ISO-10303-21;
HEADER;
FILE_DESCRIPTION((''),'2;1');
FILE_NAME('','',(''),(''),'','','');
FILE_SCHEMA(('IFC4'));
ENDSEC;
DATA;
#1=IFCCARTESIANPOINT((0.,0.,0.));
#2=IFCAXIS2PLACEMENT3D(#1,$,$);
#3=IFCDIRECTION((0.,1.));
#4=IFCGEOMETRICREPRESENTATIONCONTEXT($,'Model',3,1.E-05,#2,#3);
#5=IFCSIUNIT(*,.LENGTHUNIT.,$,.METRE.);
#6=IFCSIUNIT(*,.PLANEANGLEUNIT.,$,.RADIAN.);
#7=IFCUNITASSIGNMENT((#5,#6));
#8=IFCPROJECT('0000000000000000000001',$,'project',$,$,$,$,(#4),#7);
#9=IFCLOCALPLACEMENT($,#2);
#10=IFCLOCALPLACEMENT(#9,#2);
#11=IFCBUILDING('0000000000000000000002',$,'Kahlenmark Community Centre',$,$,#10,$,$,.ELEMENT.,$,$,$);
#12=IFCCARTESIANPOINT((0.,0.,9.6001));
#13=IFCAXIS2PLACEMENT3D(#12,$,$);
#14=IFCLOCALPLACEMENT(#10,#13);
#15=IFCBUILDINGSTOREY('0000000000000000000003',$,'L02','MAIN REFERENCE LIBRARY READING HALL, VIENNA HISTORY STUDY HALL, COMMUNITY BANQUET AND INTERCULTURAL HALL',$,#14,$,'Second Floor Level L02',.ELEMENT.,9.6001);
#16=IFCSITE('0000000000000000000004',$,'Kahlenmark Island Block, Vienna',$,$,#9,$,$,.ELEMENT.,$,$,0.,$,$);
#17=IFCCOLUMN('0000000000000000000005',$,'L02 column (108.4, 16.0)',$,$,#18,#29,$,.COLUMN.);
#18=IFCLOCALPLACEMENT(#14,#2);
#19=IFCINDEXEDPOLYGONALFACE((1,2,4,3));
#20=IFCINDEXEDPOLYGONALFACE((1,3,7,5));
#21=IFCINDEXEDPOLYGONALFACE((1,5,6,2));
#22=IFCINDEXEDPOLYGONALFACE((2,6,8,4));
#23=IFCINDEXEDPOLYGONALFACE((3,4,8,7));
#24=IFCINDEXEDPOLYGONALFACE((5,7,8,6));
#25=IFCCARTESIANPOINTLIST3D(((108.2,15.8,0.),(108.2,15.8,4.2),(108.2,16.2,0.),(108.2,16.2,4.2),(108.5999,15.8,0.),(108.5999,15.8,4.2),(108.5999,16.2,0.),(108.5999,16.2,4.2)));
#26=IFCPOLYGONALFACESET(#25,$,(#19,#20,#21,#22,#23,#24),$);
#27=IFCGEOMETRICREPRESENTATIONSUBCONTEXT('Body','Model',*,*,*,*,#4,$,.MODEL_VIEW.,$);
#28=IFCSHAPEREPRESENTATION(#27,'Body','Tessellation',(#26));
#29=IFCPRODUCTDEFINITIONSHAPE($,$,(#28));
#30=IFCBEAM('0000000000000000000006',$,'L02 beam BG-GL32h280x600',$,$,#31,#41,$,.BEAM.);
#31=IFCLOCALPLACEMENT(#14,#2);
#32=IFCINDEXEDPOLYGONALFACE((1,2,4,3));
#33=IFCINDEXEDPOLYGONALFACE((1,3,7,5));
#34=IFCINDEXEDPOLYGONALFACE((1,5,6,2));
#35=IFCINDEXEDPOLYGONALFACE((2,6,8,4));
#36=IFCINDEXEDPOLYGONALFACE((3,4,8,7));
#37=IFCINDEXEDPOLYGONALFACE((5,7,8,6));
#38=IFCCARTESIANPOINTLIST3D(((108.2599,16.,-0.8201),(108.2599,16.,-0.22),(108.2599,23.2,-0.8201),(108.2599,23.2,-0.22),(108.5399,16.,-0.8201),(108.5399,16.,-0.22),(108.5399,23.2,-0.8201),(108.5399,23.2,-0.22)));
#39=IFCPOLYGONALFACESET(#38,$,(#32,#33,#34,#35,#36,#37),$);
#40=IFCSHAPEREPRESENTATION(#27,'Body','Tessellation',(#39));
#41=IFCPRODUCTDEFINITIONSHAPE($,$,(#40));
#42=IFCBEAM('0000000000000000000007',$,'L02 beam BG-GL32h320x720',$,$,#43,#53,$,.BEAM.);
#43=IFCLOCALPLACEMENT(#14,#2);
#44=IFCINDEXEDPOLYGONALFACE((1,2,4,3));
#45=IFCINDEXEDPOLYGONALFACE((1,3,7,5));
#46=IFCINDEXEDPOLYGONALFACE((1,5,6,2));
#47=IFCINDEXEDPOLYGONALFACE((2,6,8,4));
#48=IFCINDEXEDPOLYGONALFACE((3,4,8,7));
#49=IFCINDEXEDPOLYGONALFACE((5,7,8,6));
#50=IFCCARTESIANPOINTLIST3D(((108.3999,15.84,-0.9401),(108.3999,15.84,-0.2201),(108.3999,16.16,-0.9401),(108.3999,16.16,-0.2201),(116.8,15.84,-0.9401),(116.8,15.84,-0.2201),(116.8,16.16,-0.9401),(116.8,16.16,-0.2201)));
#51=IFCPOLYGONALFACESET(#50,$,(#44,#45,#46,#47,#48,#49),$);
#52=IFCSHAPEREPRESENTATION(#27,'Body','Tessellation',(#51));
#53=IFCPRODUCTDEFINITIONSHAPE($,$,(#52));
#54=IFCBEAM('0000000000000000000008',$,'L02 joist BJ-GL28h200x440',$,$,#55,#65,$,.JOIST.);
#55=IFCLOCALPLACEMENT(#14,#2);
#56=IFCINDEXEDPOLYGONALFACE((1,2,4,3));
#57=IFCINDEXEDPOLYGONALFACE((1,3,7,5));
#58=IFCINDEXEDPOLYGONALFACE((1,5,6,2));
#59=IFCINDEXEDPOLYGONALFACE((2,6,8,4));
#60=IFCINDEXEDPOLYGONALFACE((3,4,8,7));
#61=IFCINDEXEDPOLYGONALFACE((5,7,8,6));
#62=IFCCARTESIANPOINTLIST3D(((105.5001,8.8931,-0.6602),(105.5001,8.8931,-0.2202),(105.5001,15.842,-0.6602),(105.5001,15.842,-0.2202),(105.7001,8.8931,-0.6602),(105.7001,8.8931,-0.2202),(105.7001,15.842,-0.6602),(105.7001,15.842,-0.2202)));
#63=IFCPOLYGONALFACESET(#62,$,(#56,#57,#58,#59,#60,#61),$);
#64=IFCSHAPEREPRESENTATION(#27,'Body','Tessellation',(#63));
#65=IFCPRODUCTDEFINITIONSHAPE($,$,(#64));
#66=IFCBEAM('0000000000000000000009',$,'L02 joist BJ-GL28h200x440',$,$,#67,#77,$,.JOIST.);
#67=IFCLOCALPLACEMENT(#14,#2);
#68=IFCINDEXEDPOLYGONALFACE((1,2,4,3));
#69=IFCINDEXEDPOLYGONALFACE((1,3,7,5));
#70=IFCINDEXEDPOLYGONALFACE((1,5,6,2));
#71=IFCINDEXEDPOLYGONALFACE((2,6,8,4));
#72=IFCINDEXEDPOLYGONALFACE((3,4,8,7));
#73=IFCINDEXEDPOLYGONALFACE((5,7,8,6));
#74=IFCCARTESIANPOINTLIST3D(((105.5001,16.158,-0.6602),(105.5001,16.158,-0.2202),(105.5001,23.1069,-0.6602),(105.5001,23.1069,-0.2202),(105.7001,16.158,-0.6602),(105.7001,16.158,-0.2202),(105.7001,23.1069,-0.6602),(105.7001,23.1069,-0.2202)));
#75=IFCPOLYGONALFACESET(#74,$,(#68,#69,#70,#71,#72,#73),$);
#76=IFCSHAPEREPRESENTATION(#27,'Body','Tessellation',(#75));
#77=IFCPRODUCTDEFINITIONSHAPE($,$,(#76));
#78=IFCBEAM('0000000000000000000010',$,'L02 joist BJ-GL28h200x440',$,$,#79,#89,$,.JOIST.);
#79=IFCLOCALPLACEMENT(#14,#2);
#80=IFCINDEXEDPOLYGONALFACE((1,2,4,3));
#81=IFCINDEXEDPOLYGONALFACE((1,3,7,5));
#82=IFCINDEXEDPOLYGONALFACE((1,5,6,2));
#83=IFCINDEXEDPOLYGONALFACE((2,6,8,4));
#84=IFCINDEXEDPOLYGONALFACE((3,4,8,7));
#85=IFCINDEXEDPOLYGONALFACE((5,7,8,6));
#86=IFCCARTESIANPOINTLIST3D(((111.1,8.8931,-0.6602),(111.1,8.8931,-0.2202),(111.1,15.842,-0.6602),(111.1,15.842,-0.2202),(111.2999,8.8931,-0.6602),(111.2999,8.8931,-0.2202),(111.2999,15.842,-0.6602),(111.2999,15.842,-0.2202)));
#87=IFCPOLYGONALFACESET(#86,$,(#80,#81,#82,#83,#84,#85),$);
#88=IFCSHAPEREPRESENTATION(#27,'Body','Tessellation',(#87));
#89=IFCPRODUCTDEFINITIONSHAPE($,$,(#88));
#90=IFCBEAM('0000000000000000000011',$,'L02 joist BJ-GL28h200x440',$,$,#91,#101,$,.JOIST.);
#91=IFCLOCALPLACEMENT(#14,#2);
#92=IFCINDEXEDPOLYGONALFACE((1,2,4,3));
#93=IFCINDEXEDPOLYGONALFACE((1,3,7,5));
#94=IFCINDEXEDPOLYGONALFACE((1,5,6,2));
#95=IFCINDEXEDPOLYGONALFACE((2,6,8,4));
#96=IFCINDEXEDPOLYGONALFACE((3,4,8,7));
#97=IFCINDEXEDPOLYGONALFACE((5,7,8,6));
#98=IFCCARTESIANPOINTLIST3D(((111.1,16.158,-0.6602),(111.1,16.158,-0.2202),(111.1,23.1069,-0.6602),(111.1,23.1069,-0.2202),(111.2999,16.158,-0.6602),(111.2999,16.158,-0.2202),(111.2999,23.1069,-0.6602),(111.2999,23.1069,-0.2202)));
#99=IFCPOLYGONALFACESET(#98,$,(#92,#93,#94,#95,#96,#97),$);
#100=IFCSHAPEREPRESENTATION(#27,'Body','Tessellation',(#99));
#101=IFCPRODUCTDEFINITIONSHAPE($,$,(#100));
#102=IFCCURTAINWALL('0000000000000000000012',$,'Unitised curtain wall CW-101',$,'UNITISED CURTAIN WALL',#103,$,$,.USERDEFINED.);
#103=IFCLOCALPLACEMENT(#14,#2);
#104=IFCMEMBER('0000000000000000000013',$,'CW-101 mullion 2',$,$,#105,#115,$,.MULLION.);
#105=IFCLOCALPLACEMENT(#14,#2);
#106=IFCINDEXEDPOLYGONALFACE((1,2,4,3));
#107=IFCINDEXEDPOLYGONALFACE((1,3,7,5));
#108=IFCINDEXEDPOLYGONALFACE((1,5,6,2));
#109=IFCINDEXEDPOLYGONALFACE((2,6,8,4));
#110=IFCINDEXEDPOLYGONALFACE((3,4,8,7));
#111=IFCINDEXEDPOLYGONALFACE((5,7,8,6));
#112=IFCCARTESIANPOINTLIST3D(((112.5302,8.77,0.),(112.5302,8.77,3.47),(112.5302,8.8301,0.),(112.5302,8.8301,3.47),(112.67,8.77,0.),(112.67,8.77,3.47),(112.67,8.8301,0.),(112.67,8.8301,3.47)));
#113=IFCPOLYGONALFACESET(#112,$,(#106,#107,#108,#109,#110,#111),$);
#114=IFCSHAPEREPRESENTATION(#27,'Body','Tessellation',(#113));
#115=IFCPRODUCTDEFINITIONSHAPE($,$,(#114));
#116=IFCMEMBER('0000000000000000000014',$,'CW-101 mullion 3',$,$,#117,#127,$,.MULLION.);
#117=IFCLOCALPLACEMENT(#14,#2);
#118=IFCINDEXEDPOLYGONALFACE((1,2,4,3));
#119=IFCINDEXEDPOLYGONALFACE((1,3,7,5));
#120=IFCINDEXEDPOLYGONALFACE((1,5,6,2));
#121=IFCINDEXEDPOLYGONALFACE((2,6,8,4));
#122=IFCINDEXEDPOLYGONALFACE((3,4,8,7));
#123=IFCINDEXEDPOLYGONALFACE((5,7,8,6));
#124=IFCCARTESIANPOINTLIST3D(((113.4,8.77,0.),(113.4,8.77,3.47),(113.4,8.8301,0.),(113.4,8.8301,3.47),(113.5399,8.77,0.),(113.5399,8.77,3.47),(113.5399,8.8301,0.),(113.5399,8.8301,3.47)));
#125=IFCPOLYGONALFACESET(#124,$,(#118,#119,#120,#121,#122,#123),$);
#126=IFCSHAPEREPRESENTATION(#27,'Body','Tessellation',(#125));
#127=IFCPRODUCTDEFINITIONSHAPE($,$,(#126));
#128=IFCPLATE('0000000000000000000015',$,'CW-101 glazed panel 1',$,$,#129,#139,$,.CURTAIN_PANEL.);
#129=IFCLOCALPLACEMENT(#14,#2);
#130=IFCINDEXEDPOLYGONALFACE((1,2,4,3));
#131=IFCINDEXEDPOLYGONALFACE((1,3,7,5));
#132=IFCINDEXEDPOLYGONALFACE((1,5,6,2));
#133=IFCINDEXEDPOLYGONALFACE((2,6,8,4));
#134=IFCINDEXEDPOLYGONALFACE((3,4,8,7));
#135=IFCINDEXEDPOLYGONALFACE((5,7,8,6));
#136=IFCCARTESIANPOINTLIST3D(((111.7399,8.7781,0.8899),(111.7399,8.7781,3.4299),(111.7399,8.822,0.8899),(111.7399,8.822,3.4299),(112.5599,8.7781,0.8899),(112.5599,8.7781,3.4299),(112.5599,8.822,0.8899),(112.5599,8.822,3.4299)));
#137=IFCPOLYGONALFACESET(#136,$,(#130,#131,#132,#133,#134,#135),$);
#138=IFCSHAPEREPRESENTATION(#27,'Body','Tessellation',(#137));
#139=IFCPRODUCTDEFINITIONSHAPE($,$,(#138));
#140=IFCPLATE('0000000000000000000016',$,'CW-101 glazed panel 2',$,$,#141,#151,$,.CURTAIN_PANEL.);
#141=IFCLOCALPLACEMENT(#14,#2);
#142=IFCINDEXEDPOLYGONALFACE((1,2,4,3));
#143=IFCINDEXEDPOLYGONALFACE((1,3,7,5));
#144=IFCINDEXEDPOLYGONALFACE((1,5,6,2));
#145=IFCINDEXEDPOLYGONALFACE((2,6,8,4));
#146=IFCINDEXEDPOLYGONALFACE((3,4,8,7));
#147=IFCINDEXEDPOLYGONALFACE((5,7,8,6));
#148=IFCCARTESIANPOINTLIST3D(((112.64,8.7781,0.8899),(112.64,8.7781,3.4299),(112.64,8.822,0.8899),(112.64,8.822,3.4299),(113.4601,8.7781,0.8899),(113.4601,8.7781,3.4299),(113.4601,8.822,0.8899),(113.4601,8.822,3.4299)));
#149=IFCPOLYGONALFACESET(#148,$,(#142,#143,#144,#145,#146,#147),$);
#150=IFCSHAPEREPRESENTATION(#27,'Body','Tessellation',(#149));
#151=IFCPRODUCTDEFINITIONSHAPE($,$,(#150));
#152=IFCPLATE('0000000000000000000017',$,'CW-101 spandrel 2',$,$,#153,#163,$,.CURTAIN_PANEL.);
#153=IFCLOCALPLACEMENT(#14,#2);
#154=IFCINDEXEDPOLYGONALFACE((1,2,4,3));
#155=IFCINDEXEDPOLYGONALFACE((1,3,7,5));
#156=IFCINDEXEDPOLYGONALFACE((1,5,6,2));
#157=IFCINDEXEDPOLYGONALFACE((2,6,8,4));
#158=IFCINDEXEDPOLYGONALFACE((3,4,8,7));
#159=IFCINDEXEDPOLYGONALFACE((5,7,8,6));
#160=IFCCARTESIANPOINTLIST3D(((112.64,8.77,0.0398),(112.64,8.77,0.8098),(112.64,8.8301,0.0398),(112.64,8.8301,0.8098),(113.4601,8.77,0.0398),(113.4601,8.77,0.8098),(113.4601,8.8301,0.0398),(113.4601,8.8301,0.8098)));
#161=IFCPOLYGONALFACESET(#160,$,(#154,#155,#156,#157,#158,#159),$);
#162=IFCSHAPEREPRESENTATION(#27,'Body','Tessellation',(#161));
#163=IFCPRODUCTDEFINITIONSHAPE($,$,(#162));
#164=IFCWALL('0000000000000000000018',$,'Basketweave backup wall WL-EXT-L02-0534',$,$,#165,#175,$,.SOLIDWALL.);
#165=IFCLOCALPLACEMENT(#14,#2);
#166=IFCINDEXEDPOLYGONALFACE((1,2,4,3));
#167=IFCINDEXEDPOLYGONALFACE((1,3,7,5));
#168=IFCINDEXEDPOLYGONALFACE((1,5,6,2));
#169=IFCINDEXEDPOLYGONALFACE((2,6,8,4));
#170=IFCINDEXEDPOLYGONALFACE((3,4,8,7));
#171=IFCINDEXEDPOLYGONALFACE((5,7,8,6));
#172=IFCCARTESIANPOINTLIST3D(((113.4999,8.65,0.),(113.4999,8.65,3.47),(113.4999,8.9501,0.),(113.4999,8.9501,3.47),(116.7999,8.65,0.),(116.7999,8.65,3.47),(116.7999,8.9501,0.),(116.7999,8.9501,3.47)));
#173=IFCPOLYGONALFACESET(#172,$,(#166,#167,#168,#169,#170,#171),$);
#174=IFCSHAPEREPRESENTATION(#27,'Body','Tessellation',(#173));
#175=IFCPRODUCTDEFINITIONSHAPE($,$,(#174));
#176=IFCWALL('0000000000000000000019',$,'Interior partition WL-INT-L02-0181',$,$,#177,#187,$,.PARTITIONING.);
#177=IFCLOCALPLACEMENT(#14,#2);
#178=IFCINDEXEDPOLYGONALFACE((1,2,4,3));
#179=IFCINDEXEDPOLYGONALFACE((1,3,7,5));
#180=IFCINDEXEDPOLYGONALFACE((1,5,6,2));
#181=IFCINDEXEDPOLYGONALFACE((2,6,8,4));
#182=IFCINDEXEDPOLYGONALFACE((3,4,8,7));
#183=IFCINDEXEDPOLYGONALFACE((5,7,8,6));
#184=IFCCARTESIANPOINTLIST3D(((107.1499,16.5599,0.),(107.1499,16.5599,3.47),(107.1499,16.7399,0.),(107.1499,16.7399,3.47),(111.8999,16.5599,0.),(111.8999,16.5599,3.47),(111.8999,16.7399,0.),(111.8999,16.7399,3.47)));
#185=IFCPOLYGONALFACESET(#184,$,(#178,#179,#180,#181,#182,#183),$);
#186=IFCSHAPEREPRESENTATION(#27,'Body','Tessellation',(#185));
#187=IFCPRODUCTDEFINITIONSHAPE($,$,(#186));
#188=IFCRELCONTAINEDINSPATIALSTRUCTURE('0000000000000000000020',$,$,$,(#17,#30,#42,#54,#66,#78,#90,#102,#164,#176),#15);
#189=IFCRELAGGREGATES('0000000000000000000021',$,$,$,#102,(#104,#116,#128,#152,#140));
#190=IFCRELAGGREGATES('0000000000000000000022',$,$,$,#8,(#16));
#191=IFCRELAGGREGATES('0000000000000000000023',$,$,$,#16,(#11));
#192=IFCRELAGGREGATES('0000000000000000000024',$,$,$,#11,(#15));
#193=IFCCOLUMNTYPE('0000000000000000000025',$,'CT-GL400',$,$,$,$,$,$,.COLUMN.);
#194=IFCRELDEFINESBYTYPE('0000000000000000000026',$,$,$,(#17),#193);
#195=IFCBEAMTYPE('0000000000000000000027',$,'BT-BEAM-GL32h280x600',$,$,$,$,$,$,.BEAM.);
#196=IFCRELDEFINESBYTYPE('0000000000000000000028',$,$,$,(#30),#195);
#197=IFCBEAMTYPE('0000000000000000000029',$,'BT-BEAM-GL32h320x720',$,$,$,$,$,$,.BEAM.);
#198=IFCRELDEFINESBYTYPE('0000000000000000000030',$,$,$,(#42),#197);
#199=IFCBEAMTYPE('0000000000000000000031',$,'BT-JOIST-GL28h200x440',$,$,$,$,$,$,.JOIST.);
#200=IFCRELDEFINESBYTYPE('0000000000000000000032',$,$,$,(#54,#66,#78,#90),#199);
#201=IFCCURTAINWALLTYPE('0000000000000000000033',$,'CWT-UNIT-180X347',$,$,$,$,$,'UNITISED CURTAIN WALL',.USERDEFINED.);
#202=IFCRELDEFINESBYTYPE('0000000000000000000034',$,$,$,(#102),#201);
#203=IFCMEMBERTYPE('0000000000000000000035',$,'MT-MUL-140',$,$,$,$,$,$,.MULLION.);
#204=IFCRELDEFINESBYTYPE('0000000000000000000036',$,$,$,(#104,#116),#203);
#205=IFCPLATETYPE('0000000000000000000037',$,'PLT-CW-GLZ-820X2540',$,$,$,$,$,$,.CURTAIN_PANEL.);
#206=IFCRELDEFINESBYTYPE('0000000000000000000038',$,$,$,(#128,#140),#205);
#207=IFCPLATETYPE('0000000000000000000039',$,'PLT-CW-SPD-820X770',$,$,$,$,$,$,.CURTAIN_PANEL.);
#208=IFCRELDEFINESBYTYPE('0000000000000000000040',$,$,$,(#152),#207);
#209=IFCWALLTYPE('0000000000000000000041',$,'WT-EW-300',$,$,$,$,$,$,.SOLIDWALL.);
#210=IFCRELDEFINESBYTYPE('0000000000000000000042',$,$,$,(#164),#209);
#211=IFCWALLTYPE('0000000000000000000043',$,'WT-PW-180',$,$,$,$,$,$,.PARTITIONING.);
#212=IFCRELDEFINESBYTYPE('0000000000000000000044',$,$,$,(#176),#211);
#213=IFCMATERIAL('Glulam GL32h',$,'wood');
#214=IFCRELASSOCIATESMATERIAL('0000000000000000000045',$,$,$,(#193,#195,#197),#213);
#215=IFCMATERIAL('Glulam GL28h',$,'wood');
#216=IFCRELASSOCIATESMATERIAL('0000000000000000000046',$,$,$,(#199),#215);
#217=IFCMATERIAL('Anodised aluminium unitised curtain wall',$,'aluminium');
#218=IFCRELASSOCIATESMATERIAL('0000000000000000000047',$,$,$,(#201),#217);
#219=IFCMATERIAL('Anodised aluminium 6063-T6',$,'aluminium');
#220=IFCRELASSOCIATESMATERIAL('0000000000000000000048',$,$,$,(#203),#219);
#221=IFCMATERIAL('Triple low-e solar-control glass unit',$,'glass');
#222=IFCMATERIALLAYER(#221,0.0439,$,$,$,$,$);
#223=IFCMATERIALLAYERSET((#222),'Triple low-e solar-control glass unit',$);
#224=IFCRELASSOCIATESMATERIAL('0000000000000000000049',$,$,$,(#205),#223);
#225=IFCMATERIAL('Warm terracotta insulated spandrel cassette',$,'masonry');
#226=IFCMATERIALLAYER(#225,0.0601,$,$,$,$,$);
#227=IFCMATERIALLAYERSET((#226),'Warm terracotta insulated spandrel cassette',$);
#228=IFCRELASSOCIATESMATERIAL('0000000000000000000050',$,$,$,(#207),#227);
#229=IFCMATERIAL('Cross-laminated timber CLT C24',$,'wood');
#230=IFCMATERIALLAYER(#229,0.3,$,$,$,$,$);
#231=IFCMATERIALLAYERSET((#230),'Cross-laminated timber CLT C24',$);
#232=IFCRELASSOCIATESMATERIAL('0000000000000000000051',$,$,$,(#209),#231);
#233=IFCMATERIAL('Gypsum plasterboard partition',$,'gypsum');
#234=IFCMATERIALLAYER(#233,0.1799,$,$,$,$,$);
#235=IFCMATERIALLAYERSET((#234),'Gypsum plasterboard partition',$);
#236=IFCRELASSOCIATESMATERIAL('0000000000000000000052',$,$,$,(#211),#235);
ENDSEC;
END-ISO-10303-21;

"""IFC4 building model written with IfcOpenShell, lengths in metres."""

from ifc_helpers import new_model, si_unit, direction, frame, frame_2d, origin, origin_2d, place, context, subcontext, project, spatial, rectangle, extrude, material, layer, layer_set, material_profile, profile_set, type_object, element, aggregate, save


model = new_model("IFC4")

# Units and contexts
model_context = context("Model", 3, precision=1e-05, world=origin(), true_north=direction((0.0, 1.0)))
body_context = subcontext(model_context, "Body", "Model", "MODEL_VIEW")
ifc_project = project(units=[si_unit("LENGTHUNIT", "METRE"), si_unit("PLANEANGLEUNIT", "RADIAN")], contexts=[model_context])

# Site, building, storey
site_placement = place(None, origin())
site = spatial("IfcSite", under=ifc_project, at=site_placement, Name="Kahlenmark Island Block, Vienna", CompositionType="ELEMENT", RefElevation=0.0)
building_placement = place(site_placement, origin())
building = spatial("IfcBuilding", under=site, at=building_placement, Name="Kahlenmark Community Centre", CompositionType="ELEMENT")
storey_placement = place(building_placement, frame((0.0, 0.0, 9.6001)))
storey = spatial("IfcBuildingStorey", under=building, at=storey_placement, Name="L02", Description="MAIN REFERENCE LIBRARY READING HALL, VIENNA HISTORY STUDY HALL, COMMUNITY BANQUET AND INTERCULTURAL HALL", LongName="Second Floor Level L02", CompositionType="ELEMENT", Elevation=9.6001)

# Column
ifc_material_1 = material(Name="Glulam GL32h", Category="wood")
ifc_material_profile_1 = material_profile(ifc_material_1, rectangle(XDim=0.3999, YDim=0.3999, at=origin_2d()), Name="GL32h 400x400")
ifc_profile_set_1 = profile_set([ifc_material_profile_1], Name="Glulam GL32h")
column_type = type_object("IfcColumnType", Name="CT-GL400", PredefinedType="COLUMN", material=ifc_profile_set_1)
column_placement = place(storey_placement, frame((108.3999, 16.0, 0.0), z_axis=(0.0, 0.0, 1.0), x_axis=(1.0, 0.0, 0.0)))
element("IfcColumn", 1, at=column_placement, inside=storey, type_object=column_type, Name="L02 column (108.4, 16.0)", PredefinedType="COLUMN", context=body_context, shape_type="SweptSolid", body=[
    extrude(rectangle(XDim=0.3999, YDim=0.3999, at=origin_2d()), origin(), (0.0, 0.0, 1.0), 4.2),
])

# Beams
ifc_material_profile_2 = material_profile(ifc_material_1, rectangle(XDim=0.28, YDim=0.6001, at=origin_2d()), Name="GL32h 280x600")
ifc_profile_set_2 = profile_set([ifc_material_profile_2], Name="Glulam GL32h")
beam_type_1 = type_object("IfcBeamType", Name="BT-BEAM-GL32h280x600", PredefinedType="BEAM", material=ifc_profile_set_2)
beam_1_placement = place(storey_placement, frame((108.3999, 16.0, -0.52), z_axis=(0.0, 1.0, 0.0), x_axis=(-1.0, 0.0, 0.0)))
element("IfcBeam", 2, at=beam_1_placement, inside=storey, type_object=beam_type_1, Name="L02 beam BG-GL32h280x600", PredefinedType="BEAM", context=body_context, shape_type="SweptSolid", body=[
    extrude(rectangle(XDim=0.28, YDim=0.6001, at=origin_2d()), origin(), (0.0, 0.0, 1.0), 7.2),
])
ifc_material_profile_3 = material_profile(ifc_material_1, rectangle(XDim=0.3201, YDim=0.72, at=origin_2d()), Name="GL32h 320x720")
ifc_profile_set_3 = profile_set([ifc_material_profile_3], Name="Glulam GL32h")
beam_type_2 = type_object("IfcBeamType", Name="BT-BEAM-GL32h320x720", PredefinedType="BEAM", material=ifc_profile_set_3)
beam_2_placement = place(storey_placement, frame((108.3999, 16.0, -0.5801), z_axis=(1.0, 0.0, 0.0), x_axis=(0.0, 1.0, 0.0)))
element("IfcBeam", 3, at=beam_2_placement, inside=storey, type_object=beam_type_2, Name="L02 beam BG-GL32h320x720", PredefinedType="BEAM", context=body_context, shape_type="SweptSolid", body=[
    extrude(rectangle(XDim=0.3201, YDim=0.72, at=origin_2d()), origin(), (0.0, 0.0, 1.0), 8.4001),
])
ifc_material_2 = material(Name="Glulam GL28h", Category="wood")
ifc_material_profile_4 = material_profile(ifc_material_2, rectangle(XDim=0.2, YDim=0.4399, at=origin_2d()), Name="GL28h 200x440")
ifc_profile_set_4 = profile_set([ifc_material_profile_4], Name="Glulam GL28h")
beam_type_3 = type_object("IfcBeamType", Name="BT-JOIST-GL28h200x440", PredefinedType="JOIST", material=ifc_profile_set_4)
for number, where, z_axis, x_axis, name in (
    (4, (105.6001, 8.8931, -0.4402), (0.0, 1.0, 0.0), (-1.0, 0.0, 0.0), "L02 joist BJ-GL28h200x440"),
    (5, (105.6001, 16.158, -0.4402), (0.0, 1.0, 0.0), (-1.0, 0.0, 0.0), "L02 joist BJ-GL28h200x440"),
    (6, (111.2, 8.8931, -0.4402), (0.0, 1.0, 0.0), (-1.0, 0.0, 0.0), "L02 joist BJ-GL28h200x440"),
    (7, (111.2, 16.158, -0.4402), (0.0, 1.0, 0.0), (-1.0, 0.0, 0.0), "L02 joist BJ-GL28h200x440"),
):
    element("IfcBeam", number, at=place(storey_placement, frame(where, z_axis=z_axis, x_axis=x_axis)), inside=storey, type_object=beam_type_3, Name=name, PredefinedType="JOIST", context=body_context, shape_type="SweptSolid", body=[
        extrude(rectangle(XDim=0.2, YDim=0.4399, at=origin_2d()), origin(), (0.0, 0.0, 1.0), 6.949),
    ])

# Curtain wall, members, plates
ifc_material_3 = material(Name="Anodised aluminium unitised curtain wall", Category="aluminium")
curtain_wall_type = type_object("IfcCurtainWallType", Name="CWT-UNIT-180X347", ElementType="UNITISED CURTAIN WALL", PredefinedType="USERDEFINED", material=ifc_material_3)
curtain_wall_placement = place(storey_placement, origin())
curtain_wall = element("IfcCurtainWall", 8, at=curtain_wall_placement, inside=storey, type_object=curtain_wall_type, Name="Unitised curtain wall CW-101", ObjectType="UNITISED CURTAIN WALL", PredefinedType="USERDEFINED")
ifc_material_4 = material(Name="Anodised aluminium 6063-T6", Category="aluminium")
ifc_material_profile_5 = material_profile(ifc_material_4, rectangle(XDim=0.0601, YDim=0.1399, at=origin_2d()), Name="ALU MULLION 60x140")
ifc_profile_set_5 = profile_set([ifc_material_profile_5], Name="Anodised aluminium 6063-T6")
member_type = type_object("IfcMemberType", Name="MT-MUL-140", PredefinedType="MULLION", material=ifc_profile_set_5)
member_1_placement = place(storey_placement, frame((112.6001, 8.8, 0.0), z_axis=(0.0, 0.0, 1.0), x_axis=(0.0, 1.0, 0.0)))
member_1 = element("IfcMember", 9, at=member_1_placement, type_object=member_type, Name="CW-101 mullion 2", PredefinedType="MULLION", context=body_context, shape_type="SweptSolid", body=[
    extrude(rectangle(XDim=0.0601, YDim=0.1399, at=origin_2d()), origin(), (0.0, 0.0, 1.0), 3.47),
])
member_2_placement = place(storey_placement, frame((113.47, 8.8, 0.0), z_axis=(0.0, 0.0, 1.0), x_axis=(0.0, 1.0, 0.0)))
member_2 = element("IfcMember", 10, at=member_2_placement, type_object=member_type, Name="CW-101 mullion 3", PredefinedType="MULLION", context=body_context, shape_type="SweptSolid", body=[
    extrude(rectangle(XDim=0.0601, YDim=0.1399, at=origin_2d()), origin(), (0.0, 0.0, 1.0), 3.47),
])
ifc_material_5 = material(Name="Triple low-e solar-control glass unit", Category="glass")
ifc_layer_1 = layer(ifc_material_5, 0.0439)
ifc_layer_set_1 = layer_set([ifc_layer_1], Name="Triple low-e solar-control glass unit")
plate_type_1 = type_object("IfcPlateType", Name="PLT-CW-GLZ-820X2540", PredefinedType="CURTAIN_PANEL", material=ifc_layer_set_1)
plate_1_placement = place(storey_placement, frame((112.1499, 8.8, 0.8899), z_axis=(0.0, 0.0, 1.0), x_axis=(1.0, 0.0, 0.0)))
plate_1 = element("IfcPlate", 11, at=plate_1_placement, type_object=plate_type_1, Name="CW-101 glazed panel 1", PredefinedType="CURTAIN_PANEL", context=body_context, shape_type="SweptSolid", body=[
    extrude(rectangle(XDim=0.8201, YDim=0.0439, at=origin_2d()), origin(), (0.0, 0.0, 1.0), 2.54),
])
plate_2_placement = place(storey_placement, frame((113.05, 8.8, 0.8899), z_axis=(0.0, 0.0, 1.0), x_axis=(1.0, 0.0, 0.0)))
plate_2 = element("IfcPlate", 12, at=plate_2_placement, type_object=plate_type_1, Name="CW-101 glazed panel 2", PredefinedType="CURTAIN_PANEL", context=body_context, shape_type="SweptSolid", body=[
    extrude(rectangle(XDim=0.8201, YDim=0.0439, at=origin_2d()), origin(), (0.0, 0.0, 1.0), 2.54),
])
ifc_material_6 = material(Name="Warm terracotta insulated spandrel cassette", Category="masonry")
ifc_layer_2 = layer(ifc_material_6, 0.0601)
ifc_layer_set_2 = layer_set([ifc_layer_2], Name="Warm terracotta insulated spandrel cassette")
plate_type_2 = type_object("IfcPlateType", Name="PLT-CW-SPD-820X770", PredefinedType="CURTAIN_PANEL", material=ifc_layer_set_2)
plate_3_placement = place(storey_placement, frame((113.05, 8.8, 0.0398), z_axis=(0.0, 0.0, 1.0), x_axis=(1.0, 0.0, 0.0)))
plate_3 = element("IfcPlate", 13, at=plate_3_placement, type_object=plate_type_2, Name="CW-101 spandrel 2", PredefinedType="CURTAIN_PANEL", context=body_context, shape_type="SweptSolid", body=[
    extrude(rectangle(XDim=0.8201, YDim=0.0601, at=origin_2d()), origin(), (0.0, 0.0, 1.0), 0.77),
])
aggregate(curtain_wall, [member_1, member_2, plate_1, plate_3, plate_2])

# Walls
ifc_material_7 = material(Name="Cross-laminated timber CLT C24", Category="wood")
ifc_layer_3 = layer(ifc_material_7, 0.3)
ifc_layer_set_3 = layer_set([ifc_layer_3], Name="Cross-laminated timber CLT C24")
wall_type_1 = type_object("IfcWallType", Name="WT-EW-300", PredefinedType="SOLIDWALL", material=ifc_layer_set_3)
wall_1_placement = place(storey_placement, frame((113.5, 8.8, 0.0), z_axis=(0.0, 0.0, 1.0), x_axis=(1.0, 0.0, 0.0)))
element("IfcWall", 14, at=wall_1_placement, inside=storey, type_object=wall_type_1, Name="Basketweave backup wall WL-EXT-L02-0534", PredefinedType="SOLIDWALL", context=body_context, shape_type="SweptSolid", body=[
    extrude(rectangle(XDim=3.3, YDim=0.3, at=frame_2d((1.6499, 0.0))), origin(), (0.0, 0.0, 1.0), 3.47),
])
ifc_material_8 = material(Name="Gypsum plasterboard partition", Category="gypsum")
ifc_layer_4 = layer(ifc_material_8, 0.1799)
ifc_layer_set_4 = layer_set([ifc_layer_4], Name="Gypsum plasterboard partition")
wall_type_2 = type_object("IfcWallType", Name="WT-PW-180", PredefinedType="PARTITIONING", material=ifc_layer_set_4)
wall_2_placement = place(storey_placement, frame((107.1499, 16.6499, 0.0), z_axis=(0.0, 0.0, 1.0), x_axis=(1.0, 0.0, 0.0)))
element("IfcWall", 15, at=wall_2_placement, inside=storey, type_object=wall_type_2, Name="Interior partition WL-INT-L02-0181", PredefinedType="PARTITIONING", context=body_context, shape_type="SweptSolid", body=[
    extrude(rectangle(XDim=4.75, YDim=0.1799, at=frame_2d((2.375, 0.0))), origin(), (0.0, 0.0, 1.0), 3.47),
])

save(model, "model.ifc")
